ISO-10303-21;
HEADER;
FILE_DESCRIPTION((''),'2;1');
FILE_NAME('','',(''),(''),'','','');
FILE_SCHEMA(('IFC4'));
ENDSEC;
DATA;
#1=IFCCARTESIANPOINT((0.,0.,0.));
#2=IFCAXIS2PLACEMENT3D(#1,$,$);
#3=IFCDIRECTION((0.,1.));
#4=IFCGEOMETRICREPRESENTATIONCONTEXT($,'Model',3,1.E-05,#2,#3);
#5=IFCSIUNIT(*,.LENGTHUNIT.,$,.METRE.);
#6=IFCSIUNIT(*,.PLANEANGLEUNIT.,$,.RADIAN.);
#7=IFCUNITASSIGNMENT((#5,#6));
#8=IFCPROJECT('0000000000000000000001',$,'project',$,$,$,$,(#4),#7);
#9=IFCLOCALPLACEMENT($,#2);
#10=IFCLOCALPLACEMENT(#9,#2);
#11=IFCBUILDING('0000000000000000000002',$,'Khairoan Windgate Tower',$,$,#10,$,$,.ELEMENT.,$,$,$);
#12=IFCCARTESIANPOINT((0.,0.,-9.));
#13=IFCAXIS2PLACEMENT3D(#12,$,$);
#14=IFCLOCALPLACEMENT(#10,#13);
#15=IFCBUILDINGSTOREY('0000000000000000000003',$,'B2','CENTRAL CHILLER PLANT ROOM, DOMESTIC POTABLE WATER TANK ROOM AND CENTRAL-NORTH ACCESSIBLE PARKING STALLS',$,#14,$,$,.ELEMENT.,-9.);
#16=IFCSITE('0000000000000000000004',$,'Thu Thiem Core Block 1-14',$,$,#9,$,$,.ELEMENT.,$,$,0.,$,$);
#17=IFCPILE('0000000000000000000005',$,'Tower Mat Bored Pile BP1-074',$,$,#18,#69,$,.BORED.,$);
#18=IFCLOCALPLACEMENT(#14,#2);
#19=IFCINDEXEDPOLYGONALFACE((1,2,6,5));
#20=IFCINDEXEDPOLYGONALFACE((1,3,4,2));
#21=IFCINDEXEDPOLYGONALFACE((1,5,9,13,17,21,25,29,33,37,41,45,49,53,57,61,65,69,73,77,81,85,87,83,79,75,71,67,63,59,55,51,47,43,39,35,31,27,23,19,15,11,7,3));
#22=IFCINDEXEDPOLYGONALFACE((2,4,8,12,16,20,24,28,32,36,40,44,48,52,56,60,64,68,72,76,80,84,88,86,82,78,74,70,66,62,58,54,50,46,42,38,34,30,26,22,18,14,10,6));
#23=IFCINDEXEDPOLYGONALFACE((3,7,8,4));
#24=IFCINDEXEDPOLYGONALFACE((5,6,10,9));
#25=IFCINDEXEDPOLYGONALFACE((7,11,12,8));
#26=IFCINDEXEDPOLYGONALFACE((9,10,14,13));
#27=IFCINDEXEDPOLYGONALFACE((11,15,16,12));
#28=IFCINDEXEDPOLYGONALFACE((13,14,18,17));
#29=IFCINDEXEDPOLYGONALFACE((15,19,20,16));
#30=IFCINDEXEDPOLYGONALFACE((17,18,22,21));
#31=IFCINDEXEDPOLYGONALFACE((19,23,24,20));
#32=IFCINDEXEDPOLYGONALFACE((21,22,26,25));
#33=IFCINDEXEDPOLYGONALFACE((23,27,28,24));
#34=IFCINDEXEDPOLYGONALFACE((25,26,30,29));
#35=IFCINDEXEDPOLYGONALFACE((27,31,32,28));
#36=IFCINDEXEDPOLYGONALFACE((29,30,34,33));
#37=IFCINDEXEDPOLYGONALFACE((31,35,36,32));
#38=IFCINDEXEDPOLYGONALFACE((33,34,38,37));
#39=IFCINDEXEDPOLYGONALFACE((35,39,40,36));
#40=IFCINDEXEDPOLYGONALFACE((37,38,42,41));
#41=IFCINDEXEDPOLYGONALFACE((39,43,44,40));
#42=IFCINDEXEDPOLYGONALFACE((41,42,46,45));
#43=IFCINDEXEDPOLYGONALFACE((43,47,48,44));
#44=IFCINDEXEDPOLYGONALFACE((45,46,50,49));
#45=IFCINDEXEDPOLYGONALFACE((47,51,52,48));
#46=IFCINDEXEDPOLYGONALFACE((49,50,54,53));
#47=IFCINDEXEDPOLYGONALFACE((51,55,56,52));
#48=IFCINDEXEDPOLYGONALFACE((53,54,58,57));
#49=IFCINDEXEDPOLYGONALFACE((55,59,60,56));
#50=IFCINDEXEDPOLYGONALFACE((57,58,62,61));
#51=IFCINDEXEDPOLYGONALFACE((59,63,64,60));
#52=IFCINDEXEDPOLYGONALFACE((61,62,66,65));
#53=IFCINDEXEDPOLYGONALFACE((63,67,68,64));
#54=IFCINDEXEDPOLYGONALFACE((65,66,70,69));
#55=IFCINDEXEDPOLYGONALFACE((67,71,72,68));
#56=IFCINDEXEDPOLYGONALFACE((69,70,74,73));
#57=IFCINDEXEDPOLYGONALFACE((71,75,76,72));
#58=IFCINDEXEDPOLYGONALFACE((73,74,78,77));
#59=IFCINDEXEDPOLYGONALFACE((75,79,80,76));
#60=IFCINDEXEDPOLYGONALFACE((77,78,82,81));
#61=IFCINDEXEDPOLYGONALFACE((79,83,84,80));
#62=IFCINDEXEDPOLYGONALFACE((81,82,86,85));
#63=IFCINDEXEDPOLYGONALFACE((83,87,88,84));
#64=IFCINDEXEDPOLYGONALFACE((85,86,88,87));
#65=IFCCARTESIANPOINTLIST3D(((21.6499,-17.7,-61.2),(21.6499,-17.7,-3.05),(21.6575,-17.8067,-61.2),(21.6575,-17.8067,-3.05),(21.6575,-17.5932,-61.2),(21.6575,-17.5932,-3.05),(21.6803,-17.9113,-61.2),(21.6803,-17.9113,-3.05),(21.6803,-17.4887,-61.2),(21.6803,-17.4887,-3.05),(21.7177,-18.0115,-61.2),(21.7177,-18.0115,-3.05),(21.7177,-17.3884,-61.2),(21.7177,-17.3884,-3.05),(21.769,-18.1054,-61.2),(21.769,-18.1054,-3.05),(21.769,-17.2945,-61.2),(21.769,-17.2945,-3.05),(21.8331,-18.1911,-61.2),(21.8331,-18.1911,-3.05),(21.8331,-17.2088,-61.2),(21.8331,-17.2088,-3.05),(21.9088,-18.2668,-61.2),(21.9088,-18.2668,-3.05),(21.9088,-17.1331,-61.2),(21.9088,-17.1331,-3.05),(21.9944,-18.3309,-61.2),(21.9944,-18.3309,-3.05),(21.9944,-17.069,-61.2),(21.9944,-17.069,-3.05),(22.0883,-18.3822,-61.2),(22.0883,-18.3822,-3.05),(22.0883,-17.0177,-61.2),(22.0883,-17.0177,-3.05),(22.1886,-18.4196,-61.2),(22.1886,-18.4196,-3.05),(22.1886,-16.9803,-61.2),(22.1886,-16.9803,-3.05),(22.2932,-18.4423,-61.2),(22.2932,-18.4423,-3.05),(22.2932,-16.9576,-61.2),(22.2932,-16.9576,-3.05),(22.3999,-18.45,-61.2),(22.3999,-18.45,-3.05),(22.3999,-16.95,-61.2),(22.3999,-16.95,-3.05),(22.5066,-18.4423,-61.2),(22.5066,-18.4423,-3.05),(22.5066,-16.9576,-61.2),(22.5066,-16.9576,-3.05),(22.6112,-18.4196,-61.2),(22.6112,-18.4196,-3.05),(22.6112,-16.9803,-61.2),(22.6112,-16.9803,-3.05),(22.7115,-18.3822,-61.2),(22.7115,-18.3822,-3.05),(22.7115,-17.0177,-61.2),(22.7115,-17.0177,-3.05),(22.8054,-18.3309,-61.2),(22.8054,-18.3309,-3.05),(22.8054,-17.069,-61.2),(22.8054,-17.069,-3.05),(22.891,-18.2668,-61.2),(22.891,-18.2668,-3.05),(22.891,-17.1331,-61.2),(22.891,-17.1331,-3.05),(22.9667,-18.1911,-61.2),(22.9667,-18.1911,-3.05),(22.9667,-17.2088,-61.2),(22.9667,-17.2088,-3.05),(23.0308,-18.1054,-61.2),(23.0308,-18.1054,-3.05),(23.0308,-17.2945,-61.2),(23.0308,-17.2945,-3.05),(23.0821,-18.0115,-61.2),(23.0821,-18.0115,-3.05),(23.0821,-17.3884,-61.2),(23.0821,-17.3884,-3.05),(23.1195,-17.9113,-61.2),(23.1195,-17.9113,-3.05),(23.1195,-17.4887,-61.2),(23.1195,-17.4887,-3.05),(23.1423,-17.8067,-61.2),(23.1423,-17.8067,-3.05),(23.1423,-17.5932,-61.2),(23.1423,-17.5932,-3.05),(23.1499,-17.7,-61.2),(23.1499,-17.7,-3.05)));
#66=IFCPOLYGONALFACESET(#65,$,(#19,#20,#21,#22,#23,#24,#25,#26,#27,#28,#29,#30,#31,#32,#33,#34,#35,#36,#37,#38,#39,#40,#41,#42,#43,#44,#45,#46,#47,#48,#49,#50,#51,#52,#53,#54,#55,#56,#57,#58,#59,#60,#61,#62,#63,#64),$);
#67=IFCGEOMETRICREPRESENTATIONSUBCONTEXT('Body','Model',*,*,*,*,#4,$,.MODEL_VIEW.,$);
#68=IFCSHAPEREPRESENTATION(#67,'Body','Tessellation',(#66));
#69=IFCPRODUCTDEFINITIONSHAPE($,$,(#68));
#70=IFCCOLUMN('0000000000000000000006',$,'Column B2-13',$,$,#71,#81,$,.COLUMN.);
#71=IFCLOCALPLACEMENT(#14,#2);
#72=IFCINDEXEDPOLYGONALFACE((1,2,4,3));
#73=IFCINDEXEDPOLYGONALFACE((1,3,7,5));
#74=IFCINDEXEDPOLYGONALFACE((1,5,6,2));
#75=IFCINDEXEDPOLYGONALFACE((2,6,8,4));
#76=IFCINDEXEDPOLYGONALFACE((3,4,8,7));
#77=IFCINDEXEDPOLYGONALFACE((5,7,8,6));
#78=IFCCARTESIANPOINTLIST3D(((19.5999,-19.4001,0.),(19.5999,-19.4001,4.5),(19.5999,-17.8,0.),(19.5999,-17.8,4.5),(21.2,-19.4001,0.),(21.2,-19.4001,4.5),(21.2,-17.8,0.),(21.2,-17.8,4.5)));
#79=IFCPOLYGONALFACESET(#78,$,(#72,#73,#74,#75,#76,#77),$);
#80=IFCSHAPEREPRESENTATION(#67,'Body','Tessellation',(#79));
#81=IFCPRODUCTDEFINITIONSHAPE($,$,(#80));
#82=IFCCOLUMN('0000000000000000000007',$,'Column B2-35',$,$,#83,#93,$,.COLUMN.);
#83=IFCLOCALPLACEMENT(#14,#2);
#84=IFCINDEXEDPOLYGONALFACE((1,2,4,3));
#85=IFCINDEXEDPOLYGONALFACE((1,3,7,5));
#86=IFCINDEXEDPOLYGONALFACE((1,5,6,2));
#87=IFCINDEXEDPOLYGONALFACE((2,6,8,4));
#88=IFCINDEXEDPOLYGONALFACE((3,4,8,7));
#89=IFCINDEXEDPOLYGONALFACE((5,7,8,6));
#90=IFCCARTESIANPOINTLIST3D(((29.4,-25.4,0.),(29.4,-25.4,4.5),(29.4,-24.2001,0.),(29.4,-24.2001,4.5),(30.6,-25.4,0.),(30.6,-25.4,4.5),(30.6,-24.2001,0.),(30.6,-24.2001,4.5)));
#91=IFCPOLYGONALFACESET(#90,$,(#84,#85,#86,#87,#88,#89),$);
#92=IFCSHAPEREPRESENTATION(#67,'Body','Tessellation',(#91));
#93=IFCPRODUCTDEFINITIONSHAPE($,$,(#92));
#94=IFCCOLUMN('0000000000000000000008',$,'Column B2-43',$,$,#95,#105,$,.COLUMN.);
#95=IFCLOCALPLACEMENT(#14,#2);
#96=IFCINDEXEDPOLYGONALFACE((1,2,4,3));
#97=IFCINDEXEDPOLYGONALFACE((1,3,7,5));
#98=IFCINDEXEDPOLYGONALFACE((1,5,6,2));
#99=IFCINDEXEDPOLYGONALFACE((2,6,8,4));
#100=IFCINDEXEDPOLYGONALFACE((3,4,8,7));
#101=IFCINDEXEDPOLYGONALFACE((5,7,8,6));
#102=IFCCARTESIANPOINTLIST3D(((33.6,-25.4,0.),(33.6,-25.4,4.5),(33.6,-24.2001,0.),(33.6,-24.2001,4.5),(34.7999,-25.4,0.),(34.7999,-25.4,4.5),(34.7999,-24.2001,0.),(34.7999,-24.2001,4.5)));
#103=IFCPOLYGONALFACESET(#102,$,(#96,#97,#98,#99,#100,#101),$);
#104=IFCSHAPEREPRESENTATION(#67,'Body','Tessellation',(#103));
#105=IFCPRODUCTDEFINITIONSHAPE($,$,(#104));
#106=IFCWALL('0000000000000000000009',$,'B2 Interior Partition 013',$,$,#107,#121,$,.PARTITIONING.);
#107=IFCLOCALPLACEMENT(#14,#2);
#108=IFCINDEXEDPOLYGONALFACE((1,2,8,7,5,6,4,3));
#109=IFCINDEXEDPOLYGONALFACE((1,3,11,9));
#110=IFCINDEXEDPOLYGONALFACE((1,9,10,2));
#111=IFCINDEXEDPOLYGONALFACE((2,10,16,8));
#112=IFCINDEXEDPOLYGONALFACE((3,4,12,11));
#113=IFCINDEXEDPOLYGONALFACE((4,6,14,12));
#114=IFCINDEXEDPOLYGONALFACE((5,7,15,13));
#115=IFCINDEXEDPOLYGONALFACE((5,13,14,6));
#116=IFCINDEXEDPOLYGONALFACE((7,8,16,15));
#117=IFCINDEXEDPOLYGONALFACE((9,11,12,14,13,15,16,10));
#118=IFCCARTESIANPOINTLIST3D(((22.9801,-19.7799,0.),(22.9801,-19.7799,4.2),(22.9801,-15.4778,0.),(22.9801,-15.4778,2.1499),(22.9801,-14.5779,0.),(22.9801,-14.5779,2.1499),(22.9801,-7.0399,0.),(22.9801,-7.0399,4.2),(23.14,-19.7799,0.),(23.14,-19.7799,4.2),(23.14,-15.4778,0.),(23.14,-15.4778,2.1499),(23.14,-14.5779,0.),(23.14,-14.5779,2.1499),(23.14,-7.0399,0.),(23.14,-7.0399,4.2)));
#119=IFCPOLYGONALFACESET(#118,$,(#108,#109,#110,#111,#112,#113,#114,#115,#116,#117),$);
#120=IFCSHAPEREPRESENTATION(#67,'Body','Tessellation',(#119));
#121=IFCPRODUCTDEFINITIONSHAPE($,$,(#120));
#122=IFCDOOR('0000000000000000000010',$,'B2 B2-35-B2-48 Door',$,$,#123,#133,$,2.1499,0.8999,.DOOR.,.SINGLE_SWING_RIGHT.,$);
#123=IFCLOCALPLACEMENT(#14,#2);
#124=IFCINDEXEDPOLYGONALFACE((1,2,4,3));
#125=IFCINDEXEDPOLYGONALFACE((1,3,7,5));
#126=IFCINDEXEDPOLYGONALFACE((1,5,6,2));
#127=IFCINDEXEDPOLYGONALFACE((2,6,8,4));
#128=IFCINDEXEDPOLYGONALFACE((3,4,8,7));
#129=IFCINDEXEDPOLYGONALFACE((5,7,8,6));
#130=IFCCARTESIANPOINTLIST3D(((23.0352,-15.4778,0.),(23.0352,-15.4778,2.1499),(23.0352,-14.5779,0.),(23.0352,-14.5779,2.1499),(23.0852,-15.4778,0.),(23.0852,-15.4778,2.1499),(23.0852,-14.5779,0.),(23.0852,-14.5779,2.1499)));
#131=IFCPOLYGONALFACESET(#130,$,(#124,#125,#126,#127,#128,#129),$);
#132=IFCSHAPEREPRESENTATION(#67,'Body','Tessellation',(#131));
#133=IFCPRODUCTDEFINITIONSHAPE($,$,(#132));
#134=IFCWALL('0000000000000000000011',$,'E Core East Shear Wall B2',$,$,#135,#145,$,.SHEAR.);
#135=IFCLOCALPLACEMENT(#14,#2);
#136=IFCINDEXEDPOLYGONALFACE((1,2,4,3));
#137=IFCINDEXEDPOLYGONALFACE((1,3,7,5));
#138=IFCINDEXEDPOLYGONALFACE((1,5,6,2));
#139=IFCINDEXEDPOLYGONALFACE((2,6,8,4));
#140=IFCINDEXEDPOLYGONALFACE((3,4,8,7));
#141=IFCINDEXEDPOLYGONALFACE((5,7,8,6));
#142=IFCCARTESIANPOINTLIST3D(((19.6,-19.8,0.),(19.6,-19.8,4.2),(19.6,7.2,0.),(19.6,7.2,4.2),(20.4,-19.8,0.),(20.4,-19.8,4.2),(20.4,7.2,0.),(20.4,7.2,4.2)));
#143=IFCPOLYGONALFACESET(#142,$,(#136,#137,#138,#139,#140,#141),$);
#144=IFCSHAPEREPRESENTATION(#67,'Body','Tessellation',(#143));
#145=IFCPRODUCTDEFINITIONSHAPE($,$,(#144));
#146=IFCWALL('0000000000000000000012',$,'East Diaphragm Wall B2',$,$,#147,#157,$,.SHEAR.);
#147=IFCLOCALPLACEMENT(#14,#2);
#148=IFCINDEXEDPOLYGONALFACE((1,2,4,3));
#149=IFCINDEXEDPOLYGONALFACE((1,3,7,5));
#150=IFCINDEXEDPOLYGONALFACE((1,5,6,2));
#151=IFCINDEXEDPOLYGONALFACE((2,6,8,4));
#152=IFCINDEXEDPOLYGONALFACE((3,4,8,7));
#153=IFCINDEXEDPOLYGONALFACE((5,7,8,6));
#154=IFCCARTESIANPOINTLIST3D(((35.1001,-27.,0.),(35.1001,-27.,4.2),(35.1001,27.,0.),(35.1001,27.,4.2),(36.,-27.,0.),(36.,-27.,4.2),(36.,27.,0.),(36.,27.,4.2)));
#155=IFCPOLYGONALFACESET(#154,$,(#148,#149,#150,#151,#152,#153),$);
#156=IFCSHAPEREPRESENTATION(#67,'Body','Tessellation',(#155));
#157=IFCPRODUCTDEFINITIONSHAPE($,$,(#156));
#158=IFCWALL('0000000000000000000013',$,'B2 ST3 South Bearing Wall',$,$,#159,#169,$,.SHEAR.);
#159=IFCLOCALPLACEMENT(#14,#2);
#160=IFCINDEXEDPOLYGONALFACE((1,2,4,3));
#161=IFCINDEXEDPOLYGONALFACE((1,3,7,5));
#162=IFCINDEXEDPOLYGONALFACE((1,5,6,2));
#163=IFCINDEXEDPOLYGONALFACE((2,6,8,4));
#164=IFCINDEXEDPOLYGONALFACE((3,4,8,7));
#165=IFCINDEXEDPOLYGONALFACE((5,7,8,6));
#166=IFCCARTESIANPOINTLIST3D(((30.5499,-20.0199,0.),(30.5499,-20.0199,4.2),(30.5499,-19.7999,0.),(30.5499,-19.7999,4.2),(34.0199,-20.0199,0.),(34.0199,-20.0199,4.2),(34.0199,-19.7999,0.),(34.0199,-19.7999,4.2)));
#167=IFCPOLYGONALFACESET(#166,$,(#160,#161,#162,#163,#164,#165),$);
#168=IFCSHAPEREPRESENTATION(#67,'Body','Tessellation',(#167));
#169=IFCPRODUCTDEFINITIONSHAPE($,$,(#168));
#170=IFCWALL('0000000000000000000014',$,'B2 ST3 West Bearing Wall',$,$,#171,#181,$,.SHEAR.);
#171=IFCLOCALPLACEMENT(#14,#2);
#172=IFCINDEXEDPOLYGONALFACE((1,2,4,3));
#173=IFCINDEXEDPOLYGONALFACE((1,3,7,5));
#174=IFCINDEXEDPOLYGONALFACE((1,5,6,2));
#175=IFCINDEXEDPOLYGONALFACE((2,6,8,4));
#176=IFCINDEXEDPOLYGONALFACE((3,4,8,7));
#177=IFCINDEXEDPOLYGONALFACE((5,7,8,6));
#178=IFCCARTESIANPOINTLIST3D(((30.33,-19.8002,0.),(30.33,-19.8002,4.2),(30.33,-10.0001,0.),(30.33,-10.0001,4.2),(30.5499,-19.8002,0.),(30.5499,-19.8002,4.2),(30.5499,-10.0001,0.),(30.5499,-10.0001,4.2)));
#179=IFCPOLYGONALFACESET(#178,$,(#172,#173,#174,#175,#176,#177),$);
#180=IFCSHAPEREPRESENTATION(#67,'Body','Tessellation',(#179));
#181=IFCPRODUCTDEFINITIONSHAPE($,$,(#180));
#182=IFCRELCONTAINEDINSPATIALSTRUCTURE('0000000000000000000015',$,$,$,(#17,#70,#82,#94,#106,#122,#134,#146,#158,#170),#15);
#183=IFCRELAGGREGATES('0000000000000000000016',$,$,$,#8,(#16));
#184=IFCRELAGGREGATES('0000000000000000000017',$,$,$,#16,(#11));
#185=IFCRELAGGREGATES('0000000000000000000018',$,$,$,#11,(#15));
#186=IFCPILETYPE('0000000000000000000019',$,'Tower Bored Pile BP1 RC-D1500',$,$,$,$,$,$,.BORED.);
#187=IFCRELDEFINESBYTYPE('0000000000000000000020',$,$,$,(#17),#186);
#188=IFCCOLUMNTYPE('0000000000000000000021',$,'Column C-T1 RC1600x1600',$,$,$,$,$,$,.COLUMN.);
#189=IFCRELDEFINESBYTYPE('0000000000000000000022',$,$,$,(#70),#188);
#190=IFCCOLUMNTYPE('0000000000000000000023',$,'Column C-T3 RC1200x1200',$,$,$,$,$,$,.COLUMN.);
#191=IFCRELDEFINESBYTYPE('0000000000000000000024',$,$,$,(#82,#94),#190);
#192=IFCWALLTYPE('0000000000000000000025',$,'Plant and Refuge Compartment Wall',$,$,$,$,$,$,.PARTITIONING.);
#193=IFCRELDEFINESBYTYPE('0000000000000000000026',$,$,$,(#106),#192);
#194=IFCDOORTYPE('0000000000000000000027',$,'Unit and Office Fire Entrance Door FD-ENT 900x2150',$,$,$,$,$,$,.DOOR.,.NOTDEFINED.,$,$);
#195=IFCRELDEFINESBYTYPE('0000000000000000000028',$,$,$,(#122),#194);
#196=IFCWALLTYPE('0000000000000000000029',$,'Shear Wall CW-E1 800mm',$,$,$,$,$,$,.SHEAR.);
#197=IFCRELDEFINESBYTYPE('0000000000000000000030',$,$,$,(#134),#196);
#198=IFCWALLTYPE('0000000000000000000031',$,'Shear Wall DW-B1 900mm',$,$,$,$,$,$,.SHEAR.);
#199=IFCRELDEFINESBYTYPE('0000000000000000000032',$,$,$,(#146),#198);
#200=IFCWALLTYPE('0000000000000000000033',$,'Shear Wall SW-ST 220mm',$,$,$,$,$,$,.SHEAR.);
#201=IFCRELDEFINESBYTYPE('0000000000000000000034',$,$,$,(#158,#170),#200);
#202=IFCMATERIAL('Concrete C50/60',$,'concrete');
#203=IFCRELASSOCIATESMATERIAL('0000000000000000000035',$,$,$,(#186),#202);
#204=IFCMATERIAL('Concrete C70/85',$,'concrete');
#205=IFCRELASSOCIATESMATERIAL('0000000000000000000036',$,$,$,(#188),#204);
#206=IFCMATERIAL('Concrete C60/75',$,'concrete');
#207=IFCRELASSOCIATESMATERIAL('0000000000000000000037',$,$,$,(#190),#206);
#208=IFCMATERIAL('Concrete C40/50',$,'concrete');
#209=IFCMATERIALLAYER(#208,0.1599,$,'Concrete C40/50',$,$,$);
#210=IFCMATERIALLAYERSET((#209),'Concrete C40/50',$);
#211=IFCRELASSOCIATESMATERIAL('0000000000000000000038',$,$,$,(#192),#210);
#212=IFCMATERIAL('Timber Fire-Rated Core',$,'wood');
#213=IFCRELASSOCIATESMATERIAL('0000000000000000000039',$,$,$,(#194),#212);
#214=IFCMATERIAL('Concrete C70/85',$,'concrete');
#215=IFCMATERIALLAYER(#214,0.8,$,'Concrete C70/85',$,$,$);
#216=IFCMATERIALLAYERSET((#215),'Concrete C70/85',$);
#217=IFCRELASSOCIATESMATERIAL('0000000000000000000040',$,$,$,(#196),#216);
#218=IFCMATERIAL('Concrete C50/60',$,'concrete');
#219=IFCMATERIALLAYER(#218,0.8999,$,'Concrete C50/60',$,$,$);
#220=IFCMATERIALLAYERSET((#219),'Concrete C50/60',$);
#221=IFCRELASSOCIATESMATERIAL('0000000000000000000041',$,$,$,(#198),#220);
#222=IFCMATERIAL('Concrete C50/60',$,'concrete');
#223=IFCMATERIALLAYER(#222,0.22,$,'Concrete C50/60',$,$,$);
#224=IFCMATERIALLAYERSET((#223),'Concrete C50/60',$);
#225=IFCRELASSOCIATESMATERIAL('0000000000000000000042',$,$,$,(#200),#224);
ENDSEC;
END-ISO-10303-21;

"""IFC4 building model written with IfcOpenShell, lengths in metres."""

from ifc_helpers import new_model, si_unit, direction, frame, frame_2d, origin, origin_2d, place, context, subcontext, project, spatial, rectangle, circle, extrude, material, layer, layer_set, material_profile, profile_set, type_object, element, fill, save


model = new_model("IFC4")

# Units and contexts
model_context = context("Model", 3, precision=1e-05, world=origin(), true_north=direction((0.0, 1.0)))
body_context = subcontext(model_context, "Body", "Model", "MODEL_VIEW")
ifc_project = project(units=[si_unit("LENGTHUNIT", "METRE"), si_unit("PLANEANGLEUNIT", "RADIAN")], contexts=[model_context])

# Site, building, storey
site_placement = place(None, origin())
site = spatial("IfcSite", under=ifc_project, at=site_placement, Name="Thu Thiem Core Block 1-14", CompositionType="ELEMENT", RefElevation=0.0)
building_placement = place(site_placement, origin())
building = spatial("IfcBuilding", under=site, at=building_placement, Name="Khairoan Windgate Tower", CompositionType="ELEMENT")
storey_placement = place(building_placement, frame((0.0, 0.0, -9.0)))
storey = spatial("IfcBuildingStorey", under=building, at=storey_placement, Name="B2", Description="CENTRAL CHILLER PLANT ROOM, DOMESTIC POTABLE WATER TANK ROOM AND CENTRAL-NORTH ACCESSIBLE PARKING STALLS", CompositionType="ELEMENT", Elevation=-9.0)

# Pile
ifc_material_1 = material(Name="Concrete C50/60", Category="concrete")
ifc_material_profile_1 = material_profile(ifc_material_1, circle(Radius=0.75, at=origin_2d()))
ifc_profile_set_1 = profile_set([ifc_material_profile_1], Name="Concrete C50/60")
pile_type_1 = type_object("IfcPileType", Name="Tower Bored Pile BP1 RC-D1500", PredefinedType="BORED", material=ifc_profile_set_1)
for number, where, z_axis, x_axis, name in (
    (1, (22.3999, -17.7, -3.05), (0.0, 0.0, -1.0), (1.0, 0.0, 0.0), "Tower Mat Bored Pile BP1-074"),
):
    element("IfcPile", number, at=place(storey_placement, frame(where, z_axis=z_axis, x_axis=x_axis)), inside=storey, type_object=pile_type_1, Name=name, PredefinedType="BORED", context=body_context, shape_type="SweptSolid", body=[
        extrude(circle(Radius=0.75, at=origin_2d()), origin(), (0.0, 0.0, 1.0), 58.1499),
    ])

# Columns
ifc_material_2 = material(Name="Concrete C70/85", Category="concrete")
ifc_material_profile_2 = material_profile(ifc_material_2, rectangle(XDim=1.6001, YDim=1.6001, at=origin_2d()))
ifc_profile_set_2 = profile_set([ifc_material_profile_2], Name="Concrete C70/85")
column_type_1 = type_object("IfcColumnType", Name="Column C-T1 RC1600x1600", PredefinedType="COLUMN", material=ifc_profile_set_2)
column_placement = place(storey_placement, frame((20.3999, -18.6001, 0.0), z_axis=(0.0, 0.0, 1.0), x_axis=(1.0, 0.0, 0.0)))
element("IfcColumn", 2, at=column_placement, inside=storey, type_object=column_type_1, Name="Column B2-13", PredefinedType="COLUMN", context=body_context, shape_type="SweptSolid", body=[
    extrude(rectangle(XDim=1.6001, YDim=1.6001, at=origin_2d()), origin(), (0.0, 0.0, 1.0), 4.5),
])
ifc_material_3 = material(Name="Concrete C60/75", Category="concrete")
ifc_material_profile_3 = material_profile(ifc_material_3, rectangle(XDim=1.2, YDim=1.2, at=origin_2d()))
ifc_profile_set_3 = profile_set([ifc_material_profile_3], Name="Concrete C60/75")
column_type_2 = type_object("IfcColumnType", Name="Column C-T3 RC1200x1200", PredefinedType="COLUMN", material=ifc_profile_set_3)
for number, where, z_axis, x_axis, name in (
    (3, (30.0, -24.8, 0.0), (0.0, 0.0, 1.0), (1.0, 0.0, 0.0), "Column B2-35"),
    (4, (34.2, -24.8, 0.0), (0.0, 0.0, 1.0), (1.0, 0.0, 0.0), "Column B2-43"),
):
    element("IfcColumn", number, at=place(storey_placement, frame(where, z_axis=z_axis, x_axis=x_axis)), inside=storey, type_object=column_type_2, Name=name, PredefinedType="COLUMN", context=body_context, shape_type="SweptSolid", body=[
        extrude(rectangle(XDim=1.2, YDim=1.2, at=origin_2d()), origin(), (0.0, 0.0, 1.0), 4.5),
    ])

# Wall, opening, door
ifc_material_4 = material(Name="Concrete C40/50", Category="concrete")
ifc_layer_1 = layer(ifc_material_4, 0.1599, Name="Concrete C40/50")
ifc_layer_set_1 = layer_set([ifc_layer_1], Name="Concrete C40/50")
wall_type_1 = type_object("IfcWallType", Name="Plant and Refuge Compartment Wall", PredefinedType="PARTITIONING", material=ifc_layer_set_1)
ifc_material_5 = material(Name="Timber Fire-Rated Core", Category="wood")
door_type = type_object("IfcDoorType", Name="Unit and Office Fire Entrance Door FD-ENT 900x2150", OperationType="NOTDEFINED", PredefinedType="DOOR", material=ifc_material_5)
wall_1_placement = place(storey_placement, frame((23.0601, -19.78, 0.0), z_axis=(0.0, 0.0, 1.0), x_axis=(0.0, 1.0, 0.0)))
wall_1 = element("IfcWall", 5, at=wall_1_placement, inside=storey, type_object=wall_type_1, Name="B2 Interior Partition 013", PredefinedType="PARTITIONING", context=body_context, shape_type="SweptSolid", body=[
    extrude(rectangle(XDim=12.74, YDim=0.1599, at=frame_2d((6.3701, 0.0))), origin(), (0.0, 0.0, 1.0), 4.2),
])
opening_1_placement = place(wall_1_placement, frame((4.3022, 0.0, 0.0)))
opening_1 = element("IfcOpeningElement", 6, at=opening_1_placement, cuts=wall_1, PredefinedType="OPENING", context=body_context, shape_type="SweptSolid", body=[
    extrude(rectangle(XDim=0.8999, YDim=2.1499, at=frame_2d((0.45, 1.075))), frame((0.0, 0.0898, 0.0), z_axis=(0.0, -1.0, 0.0), x_axis=(1.0, 0.0, 0.0)), (0.0, 0.0, 1.0), 0.1799),
])
door_1_placement = place(opening_1_placement, origin())
door_1 = element("IfcDoor", 7, at=door_1_placement, inside=storey, type_object=door_type, Name="B2 B2-35-B2-48 Door", OperationType="SINGLE_SWING_RIGHT", OverallHeight=2.1499, OverallWidth=0.8999, PredefinedType="DOOR", context=body_context, shape_type="SweptSolid", body=[
    extrude(rectangle(XDim=0.8999, YDim=2.1499, at=frame_2d((0.45, 1.075))), frame((0.0, 0.0249, 0.0), z_axis=(0.0, -1.0, 0.0), x_axis=(1.0, 0.0, 0.0)), (0.0, 0.0, 1.0), 0.05),
])
fill(opening_1, door_1)

# Walls
ifc_material_6 = material(Name="Concrete C70/85", Category="concrete")
ifc_layer_2 = layer(ifc_material_6, 0.8, Name="Concrete C70/85")
ifc_layer_set_2 = layer_set([ifc_layer_2], Name="Concrete C70/85")
wall_type_2 = type_object("IfcWallType", Name="Shear Wall CW-E1 800mm", PredefinedType="SHEAR", material=ifc_layer_set_2)
wall_2_placement = place(storey_placement, frame((20.0, -19.8, 0.0), z_axis=(0.0, 0.0, 1.0), x_axis=(0.0, 1.0, 0.0)))
element("IfcWall", 8, at=wall_2_placement, inside=storey, type_object=wall_type_2, Name="E Core East Shear Wall B2", PredefinedType="SHEAR", context=body_context, shape_type="SweptSolid", body=[
    extrude(rectangle(XDim=27.0, YDim=0.8, at=frame_2d((13.5, 0.0))), origin(), (0.0, 0.0, 1.0), 4.2),
])
ifc_material_7 = material(Name="Concrete C50/60", Category="concrete")
ifc_layer_3 = layer(ifc_material_7, 0.8999, Name="Concrete C50/60")
ifc_layer_set_3 = layer_set([ifc_layer_3], Name="Concrete C50/60")
wall_type_3 = type_object("IfcWallType", Name="Shear Wall DW-B1 900mm", PredefinedType="SHEAR", material=ifc_layer_set_3)
wall_3_placement = place(storey_placement, frame((35.55, -27.0, 0.0), z_axis=(0.0, 0.0, 1.0), x_axis=(0.0, 1.0, 0.0)))
element("IfcWall", 9, at=wall_3_placement, inside=storey, type_object=wall_type_3, Name="East Diaphragm Wall B2", PredefinedType="SHEAR", context=body_context, shape_type="SweptSolid", body=[
    extrude(rectangle(XDim=54.0, YDim=0.8999, at=frame_2d((27.0, 0.0))), origin(), (0.0, 0.0, 1.0), 4.2),
])
ifc_material_8 = material(Name="Concrete C50/60", Category="concrete")
ifc_layer_4 = layer(ifc_material_8, 0.22, Name="Concrete C50/60")
ifc_layer_set_4 = layer_set([ifc_layer_4], Name="Concrete C50/60")
wall_type_4 = type_object("IfcWallType", Name="Shear Wall SW-ST 220mm", PredefinedType="SHEAR", material=ifc_layer_set_4)
wall_4_placement = place(storey_placement, frame((30.55, -19.9099, 0.0), z_axis=(0.0, 0.0, 1.0), x_axis=(1.0, 0.0, 0.0)))
element("IfcWall", 10, at=wall_4_placement, inside=storey, type_object=wall_type_4, Name="B2 ST3 South Bearing Wall", PredefinedType="SHEAR", context=body_context, shape_type="SweptSolid", body=[
    extrude(rectangle(XDim=3.47, YDim=0.22, at=frame_2d((1.7349, 0.0))), origin(), (0.0, 0.0, 1.0), 4.2),
])
for number, where, z_axis, x_axis, name in (
    (11, (30.4399, -19.8, 0.0), (0.0, 0.0, 1.0), (0.0, 1.0, 0.0), "B2 ST3 West Bearing Wall"),
):
    element("IfcWall", number, at=place(storey_placement, frame(where, z_axis=z_axis, x_axis=x_axis)), inside=storey, type_object=wall_type_4, Name=name, PredefinedType="SHEAR", context=body_context, shape_type="SweptSolid", body=[
        extrude(rectangle(XDim=9.8, YDim=0.22, at=frame_2d((4.8999, 0.0))), origin(), (0.0, 0.0, 1.0), 4.2),
    ])

save(model, "model.ifc")
